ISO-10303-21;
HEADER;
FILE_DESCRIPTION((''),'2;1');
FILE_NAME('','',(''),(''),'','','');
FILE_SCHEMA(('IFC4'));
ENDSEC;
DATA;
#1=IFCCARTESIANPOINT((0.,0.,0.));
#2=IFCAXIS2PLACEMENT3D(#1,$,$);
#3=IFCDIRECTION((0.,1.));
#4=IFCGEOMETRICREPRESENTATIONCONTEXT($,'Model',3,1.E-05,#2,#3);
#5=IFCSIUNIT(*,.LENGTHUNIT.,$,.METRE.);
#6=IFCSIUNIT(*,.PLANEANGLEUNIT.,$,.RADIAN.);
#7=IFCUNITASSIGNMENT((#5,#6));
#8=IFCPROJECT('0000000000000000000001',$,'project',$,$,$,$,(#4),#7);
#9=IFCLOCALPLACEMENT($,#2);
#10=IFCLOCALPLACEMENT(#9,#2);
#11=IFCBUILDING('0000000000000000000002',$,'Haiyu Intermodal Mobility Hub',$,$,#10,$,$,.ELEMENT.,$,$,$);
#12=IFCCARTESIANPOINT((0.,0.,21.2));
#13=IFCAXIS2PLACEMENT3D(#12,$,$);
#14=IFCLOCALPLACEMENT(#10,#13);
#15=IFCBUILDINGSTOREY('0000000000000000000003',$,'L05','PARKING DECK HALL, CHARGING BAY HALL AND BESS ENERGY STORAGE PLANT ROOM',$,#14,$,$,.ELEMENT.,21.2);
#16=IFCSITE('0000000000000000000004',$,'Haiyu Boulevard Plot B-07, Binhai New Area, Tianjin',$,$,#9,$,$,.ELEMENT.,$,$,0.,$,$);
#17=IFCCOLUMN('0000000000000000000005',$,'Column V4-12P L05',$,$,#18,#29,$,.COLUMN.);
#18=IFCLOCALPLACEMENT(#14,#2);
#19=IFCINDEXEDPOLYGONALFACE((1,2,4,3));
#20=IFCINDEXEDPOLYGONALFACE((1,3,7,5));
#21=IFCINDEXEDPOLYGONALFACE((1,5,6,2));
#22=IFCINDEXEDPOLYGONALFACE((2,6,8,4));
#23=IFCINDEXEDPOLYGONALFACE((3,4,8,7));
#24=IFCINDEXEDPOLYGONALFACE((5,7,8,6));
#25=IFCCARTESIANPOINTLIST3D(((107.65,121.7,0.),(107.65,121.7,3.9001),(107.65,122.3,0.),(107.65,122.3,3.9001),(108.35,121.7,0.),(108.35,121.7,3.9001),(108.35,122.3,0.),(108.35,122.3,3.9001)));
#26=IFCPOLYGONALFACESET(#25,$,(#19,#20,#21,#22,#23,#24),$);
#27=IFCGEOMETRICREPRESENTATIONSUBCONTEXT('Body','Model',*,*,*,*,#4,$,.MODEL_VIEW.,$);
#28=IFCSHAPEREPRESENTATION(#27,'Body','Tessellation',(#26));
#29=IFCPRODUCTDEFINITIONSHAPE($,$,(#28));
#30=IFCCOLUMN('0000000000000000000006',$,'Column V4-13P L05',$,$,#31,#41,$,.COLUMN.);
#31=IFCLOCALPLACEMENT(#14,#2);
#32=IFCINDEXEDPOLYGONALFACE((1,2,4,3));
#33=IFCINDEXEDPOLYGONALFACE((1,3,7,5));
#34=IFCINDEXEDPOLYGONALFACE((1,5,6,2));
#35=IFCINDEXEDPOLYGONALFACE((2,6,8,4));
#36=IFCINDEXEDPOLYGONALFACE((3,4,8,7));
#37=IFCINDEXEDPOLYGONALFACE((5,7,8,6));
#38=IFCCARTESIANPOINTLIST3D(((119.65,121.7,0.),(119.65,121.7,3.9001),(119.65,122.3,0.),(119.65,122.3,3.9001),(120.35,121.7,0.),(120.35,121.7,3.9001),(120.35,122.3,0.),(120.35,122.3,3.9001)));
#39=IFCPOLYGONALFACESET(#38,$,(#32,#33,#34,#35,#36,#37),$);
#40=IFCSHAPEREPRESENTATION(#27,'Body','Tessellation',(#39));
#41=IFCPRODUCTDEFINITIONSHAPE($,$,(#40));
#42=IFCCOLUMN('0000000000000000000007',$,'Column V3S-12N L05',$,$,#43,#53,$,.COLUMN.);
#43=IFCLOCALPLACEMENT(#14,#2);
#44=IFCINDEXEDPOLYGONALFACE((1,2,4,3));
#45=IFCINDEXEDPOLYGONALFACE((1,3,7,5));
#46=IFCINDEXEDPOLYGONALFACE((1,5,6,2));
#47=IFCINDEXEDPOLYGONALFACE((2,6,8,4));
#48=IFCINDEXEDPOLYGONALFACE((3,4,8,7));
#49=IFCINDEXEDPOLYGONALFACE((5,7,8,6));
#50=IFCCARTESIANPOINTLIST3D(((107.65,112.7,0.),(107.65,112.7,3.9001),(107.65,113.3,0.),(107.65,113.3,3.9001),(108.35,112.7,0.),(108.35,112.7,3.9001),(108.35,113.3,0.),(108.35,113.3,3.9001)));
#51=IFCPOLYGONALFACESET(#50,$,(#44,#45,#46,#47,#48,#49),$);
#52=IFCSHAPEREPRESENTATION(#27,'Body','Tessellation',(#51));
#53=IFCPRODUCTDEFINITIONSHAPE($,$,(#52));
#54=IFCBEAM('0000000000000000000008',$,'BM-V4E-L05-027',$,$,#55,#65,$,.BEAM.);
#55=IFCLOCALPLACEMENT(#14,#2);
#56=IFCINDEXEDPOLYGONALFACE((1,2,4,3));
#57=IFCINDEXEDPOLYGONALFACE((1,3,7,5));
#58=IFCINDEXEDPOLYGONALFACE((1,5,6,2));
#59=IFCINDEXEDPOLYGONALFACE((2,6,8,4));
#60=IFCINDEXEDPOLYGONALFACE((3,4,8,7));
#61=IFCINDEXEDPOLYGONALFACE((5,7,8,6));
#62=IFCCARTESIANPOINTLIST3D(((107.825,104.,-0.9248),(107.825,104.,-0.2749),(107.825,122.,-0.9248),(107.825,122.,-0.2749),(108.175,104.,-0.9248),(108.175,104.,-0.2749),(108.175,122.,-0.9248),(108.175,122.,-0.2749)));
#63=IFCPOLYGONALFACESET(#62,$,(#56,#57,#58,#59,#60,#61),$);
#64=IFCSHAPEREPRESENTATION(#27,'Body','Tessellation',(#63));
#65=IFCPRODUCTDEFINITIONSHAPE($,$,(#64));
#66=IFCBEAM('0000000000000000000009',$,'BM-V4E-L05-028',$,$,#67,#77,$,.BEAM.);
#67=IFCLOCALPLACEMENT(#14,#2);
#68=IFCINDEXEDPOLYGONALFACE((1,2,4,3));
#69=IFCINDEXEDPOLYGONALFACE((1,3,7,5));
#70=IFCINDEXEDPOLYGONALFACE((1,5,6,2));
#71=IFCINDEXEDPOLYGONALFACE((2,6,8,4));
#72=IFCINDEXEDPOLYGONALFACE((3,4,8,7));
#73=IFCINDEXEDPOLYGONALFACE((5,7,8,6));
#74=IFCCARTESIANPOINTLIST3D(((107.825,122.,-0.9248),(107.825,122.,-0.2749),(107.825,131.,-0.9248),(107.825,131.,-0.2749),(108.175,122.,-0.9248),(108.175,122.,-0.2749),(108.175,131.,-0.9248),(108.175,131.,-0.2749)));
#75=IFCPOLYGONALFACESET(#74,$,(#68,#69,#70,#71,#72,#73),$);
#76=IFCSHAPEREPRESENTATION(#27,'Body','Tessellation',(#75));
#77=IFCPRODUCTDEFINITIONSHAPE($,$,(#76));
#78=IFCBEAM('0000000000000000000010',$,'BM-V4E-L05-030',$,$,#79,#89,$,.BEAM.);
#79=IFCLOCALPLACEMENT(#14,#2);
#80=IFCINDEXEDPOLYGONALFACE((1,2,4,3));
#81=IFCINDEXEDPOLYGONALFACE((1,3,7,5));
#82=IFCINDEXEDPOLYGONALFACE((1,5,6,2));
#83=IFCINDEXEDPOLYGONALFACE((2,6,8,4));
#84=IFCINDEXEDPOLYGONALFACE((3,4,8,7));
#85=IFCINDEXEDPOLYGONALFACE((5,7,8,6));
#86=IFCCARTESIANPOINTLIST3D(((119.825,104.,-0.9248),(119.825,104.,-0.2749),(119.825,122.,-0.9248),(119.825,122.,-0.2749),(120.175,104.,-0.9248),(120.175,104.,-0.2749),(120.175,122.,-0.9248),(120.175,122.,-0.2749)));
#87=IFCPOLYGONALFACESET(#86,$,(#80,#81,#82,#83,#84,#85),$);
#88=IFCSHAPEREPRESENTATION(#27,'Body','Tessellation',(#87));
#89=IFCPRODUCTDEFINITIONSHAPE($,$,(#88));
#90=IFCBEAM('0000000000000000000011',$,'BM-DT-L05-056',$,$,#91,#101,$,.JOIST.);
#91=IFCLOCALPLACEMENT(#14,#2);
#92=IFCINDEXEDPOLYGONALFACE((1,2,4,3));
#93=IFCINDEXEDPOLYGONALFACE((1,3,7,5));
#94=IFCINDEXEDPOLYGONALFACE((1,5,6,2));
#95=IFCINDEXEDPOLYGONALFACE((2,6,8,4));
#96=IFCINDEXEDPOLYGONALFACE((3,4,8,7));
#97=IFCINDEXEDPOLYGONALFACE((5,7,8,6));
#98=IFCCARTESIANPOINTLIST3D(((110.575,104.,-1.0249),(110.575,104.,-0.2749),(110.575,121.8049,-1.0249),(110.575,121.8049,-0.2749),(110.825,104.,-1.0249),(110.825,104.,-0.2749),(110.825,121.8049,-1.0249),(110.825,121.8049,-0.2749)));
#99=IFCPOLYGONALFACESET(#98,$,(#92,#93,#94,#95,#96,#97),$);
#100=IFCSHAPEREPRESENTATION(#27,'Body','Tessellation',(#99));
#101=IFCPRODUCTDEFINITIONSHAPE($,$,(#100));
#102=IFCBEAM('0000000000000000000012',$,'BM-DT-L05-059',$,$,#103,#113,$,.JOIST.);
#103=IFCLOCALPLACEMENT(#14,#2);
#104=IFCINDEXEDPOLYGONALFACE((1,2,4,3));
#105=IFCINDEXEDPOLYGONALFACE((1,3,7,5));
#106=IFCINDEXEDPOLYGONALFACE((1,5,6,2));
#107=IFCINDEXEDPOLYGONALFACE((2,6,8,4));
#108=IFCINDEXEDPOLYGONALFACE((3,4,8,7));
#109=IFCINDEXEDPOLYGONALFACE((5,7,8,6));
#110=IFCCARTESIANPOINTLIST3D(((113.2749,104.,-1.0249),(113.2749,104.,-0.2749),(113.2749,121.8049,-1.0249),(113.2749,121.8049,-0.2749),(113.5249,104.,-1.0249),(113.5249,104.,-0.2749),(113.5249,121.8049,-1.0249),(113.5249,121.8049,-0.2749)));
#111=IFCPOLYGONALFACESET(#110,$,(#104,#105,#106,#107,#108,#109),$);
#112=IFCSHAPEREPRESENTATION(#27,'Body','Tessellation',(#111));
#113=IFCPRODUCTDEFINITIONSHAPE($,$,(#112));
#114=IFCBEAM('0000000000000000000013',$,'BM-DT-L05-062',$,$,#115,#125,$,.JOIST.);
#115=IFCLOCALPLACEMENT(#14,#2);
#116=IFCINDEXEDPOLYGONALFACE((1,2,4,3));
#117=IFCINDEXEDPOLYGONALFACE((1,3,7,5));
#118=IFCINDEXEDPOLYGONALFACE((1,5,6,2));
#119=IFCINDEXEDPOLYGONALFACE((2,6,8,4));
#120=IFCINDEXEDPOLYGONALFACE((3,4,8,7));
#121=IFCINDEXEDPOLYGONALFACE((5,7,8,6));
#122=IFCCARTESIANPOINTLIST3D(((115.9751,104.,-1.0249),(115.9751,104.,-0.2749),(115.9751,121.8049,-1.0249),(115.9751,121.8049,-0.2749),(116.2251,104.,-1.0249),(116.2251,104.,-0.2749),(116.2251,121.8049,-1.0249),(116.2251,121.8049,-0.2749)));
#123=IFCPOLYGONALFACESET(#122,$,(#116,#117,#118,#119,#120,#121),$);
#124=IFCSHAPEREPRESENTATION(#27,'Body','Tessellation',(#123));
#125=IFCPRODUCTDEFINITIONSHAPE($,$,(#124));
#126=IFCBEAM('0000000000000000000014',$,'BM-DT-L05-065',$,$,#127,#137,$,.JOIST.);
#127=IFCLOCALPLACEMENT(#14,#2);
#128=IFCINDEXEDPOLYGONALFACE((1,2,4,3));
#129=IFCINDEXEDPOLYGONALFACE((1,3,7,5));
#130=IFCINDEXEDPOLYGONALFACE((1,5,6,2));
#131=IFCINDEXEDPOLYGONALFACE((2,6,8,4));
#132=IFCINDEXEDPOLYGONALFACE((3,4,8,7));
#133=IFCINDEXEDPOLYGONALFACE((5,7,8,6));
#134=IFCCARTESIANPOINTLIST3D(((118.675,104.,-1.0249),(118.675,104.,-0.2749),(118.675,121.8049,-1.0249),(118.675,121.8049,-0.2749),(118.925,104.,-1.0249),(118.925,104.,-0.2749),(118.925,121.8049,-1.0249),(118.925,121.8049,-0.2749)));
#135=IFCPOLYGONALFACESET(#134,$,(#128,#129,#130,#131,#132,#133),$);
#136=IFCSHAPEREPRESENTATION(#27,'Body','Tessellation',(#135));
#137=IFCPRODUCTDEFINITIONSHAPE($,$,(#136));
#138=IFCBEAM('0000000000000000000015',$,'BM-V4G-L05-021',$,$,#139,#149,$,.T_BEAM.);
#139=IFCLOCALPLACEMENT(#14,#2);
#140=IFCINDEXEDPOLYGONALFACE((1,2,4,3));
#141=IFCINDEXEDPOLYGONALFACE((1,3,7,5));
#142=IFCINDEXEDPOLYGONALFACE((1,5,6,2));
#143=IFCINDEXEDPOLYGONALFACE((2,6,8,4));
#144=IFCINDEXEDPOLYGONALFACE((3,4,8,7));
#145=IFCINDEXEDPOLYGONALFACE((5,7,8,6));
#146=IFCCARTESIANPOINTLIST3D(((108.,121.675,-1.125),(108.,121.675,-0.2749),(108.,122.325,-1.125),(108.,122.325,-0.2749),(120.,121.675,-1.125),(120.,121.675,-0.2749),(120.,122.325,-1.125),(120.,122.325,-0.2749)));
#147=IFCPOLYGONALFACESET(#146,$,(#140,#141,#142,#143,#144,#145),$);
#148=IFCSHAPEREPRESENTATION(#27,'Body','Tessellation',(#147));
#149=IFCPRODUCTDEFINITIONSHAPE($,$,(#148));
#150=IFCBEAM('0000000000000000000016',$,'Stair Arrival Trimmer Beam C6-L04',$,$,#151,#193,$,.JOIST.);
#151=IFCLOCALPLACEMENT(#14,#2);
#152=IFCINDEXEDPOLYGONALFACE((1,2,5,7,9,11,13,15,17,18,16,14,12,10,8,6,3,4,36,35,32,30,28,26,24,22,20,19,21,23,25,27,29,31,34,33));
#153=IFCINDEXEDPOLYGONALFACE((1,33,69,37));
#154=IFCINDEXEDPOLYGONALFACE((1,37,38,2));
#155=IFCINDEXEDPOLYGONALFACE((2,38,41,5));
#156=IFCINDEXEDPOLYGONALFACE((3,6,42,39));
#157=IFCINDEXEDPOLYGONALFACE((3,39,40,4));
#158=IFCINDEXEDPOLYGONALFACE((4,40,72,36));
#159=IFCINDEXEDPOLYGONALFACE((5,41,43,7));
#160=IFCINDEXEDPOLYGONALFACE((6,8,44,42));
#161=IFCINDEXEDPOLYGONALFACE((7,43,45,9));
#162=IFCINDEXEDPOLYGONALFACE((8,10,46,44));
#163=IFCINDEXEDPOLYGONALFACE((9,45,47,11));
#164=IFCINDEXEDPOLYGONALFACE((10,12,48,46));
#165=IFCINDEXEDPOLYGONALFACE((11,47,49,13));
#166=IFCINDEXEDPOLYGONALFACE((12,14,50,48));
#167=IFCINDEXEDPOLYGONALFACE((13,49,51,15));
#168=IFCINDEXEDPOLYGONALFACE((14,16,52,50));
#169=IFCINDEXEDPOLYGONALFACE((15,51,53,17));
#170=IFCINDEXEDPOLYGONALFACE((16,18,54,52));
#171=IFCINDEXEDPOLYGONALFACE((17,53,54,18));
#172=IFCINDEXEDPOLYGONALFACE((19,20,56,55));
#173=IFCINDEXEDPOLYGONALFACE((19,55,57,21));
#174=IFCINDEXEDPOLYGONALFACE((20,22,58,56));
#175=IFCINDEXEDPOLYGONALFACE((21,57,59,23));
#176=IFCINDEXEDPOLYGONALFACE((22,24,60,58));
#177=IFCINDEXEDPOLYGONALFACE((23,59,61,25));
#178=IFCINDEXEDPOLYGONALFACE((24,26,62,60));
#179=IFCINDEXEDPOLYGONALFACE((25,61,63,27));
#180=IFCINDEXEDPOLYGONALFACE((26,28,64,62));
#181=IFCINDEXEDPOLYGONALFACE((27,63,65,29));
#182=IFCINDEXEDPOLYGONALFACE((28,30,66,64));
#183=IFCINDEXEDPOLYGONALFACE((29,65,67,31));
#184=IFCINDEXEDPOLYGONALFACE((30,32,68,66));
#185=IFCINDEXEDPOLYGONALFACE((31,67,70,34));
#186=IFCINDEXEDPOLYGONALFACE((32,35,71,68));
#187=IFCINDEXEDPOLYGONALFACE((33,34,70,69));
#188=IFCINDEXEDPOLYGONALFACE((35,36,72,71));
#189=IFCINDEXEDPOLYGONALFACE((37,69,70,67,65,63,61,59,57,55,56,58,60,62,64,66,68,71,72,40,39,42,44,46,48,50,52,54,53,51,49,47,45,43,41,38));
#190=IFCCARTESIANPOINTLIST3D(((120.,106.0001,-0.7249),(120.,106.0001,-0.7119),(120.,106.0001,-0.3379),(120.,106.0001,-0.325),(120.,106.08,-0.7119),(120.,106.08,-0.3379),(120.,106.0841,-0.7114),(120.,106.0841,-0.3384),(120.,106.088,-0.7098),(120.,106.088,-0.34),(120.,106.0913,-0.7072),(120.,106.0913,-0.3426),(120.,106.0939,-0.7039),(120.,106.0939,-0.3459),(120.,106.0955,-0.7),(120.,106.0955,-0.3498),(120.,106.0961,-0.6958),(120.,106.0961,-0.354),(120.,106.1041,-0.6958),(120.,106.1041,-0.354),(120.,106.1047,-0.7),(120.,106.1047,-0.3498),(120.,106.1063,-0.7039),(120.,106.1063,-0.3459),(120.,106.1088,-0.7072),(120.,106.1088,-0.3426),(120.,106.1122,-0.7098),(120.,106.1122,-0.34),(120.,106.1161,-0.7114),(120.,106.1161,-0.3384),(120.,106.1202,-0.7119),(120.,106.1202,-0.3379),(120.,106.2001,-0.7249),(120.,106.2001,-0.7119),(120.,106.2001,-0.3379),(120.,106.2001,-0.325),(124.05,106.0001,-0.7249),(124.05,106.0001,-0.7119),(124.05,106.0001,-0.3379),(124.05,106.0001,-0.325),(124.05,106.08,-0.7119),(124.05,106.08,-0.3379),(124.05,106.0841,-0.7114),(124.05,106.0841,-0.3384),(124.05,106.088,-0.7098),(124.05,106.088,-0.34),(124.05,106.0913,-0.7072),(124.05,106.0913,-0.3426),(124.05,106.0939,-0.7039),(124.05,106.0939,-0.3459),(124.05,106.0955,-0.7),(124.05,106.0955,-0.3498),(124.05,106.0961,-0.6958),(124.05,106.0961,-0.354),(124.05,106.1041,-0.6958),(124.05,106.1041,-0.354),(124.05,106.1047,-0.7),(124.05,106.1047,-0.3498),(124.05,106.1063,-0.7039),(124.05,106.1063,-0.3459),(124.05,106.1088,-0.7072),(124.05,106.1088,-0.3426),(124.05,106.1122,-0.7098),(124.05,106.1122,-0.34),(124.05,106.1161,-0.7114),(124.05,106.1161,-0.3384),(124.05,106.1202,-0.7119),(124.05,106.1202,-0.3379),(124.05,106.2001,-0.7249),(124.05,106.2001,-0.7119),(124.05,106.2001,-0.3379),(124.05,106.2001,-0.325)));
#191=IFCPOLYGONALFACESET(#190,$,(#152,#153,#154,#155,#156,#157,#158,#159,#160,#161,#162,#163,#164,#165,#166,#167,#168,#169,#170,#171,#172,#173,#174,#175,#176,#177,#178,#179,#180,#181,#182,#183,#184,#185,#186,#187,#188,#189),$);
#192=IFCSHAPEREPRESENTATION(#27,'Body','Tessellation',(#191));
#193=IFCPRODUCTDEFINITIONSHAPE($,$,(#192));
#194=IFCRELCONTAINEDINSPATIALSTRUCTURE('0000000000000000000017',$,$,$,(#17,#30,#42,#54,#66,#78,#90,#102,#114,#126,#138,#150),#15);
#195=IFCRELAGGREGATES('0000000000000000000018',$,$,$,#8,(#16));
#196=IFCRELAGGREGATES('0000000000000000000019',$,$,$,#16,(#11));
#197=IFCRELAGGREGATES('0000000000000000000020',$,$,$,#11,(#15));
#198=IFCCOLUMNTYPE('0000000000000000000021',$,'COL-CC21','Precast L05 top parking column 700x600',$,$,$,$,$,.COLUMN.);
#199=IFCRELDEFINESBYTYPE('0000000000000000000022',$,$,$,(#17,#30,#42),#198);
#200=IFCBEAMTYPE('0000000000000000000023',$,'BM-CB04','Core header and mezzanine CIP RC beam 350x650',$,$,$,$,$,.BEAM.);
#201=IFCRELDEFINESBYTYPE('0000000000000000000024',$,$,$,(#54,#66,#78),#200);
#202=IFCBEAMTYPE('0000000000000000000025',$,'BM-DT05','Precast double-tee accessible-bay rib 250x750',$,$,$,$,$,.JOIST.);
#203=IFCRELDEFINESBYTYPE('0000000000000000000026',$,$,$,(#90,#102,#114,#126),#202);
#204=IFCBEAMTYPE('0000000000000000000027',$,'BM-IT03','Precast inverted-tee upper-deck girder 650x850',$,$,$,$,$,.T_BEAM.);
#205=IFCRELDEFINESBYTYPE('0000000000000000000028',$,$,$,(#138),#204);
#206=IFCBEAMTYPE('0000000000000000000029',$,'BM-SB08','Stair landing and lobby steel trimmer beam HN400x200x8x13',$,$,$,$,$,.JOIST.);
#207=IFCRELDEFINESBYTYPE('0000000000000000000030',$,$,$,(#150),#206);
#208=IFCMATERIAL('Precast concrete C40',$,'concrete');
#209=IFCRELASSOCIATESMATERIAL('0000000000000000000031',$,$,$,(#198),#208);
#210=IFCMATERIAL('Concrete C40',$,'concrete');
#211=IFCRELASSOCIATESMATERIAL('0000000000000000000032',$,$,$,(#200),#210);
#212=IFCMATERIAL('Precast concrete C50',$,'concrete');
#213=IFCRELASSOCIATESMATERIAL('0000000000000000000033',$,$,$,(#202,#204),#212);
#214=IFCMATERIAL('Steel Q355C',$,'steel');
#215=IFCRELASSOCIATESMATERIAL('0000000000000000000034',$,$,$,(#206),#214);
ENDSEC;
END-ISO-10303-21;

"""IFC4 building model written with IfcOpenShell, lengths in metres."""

from ifc_helpers import new_model, si_unit, direction, frame, origin, origin_2d, place, context, subcontext, project, spatial, rectangle, i_section, extrude, material, material_profile, profile_set, type_object, element, save


model = new_model("IFC4")

# Units and contexts
model_context = context("Model", 3, precision=1e-05, world=origin(), true_north=direction((0.0, 1.0)))
body_context = subcontext(model_context, "Body", "Model", "MODEL_VIEW")
ifc_project = project(units=[si_unit("LENGTHUNIT", "METRE"), si_unit("PLANEANGLEUNIT", "RADIAN")], contexts=[model_context])

# Site, building, storey
site_placement = place(None, origin())
site = spatial("IfcSite", under=ifc_project, at=site_placement, Name="Haiyu Boulevard Plot B-07, Binhai New Area, Tianjin", CompositionType="ELEMENT", RefElevation=0.0)
building_placement = place(site_placement, origin())
building = spatial("IfcBuilding", under=site, at=building_placement, Name="Haiyu Intermodal Mobility Hub", CompositionType="ELEMENT")
storey_placement = place(building_placement, frame((0.0, 0.0, 21.2)))
storey = spatial("IfcBuildingStorey", under=building, at=storey_placement, Name="L05", Description="PARKING DECK HALL, CHARGING BAY HALL AND BESS ENERGY STORAGE PLANT ROOM", CompositionType="ELEMENT", Elevation=21.2)

# Columns
ifc_material_1 = material(Name="Precast concrete C40", Category="concrete")
ifc_material_profile_1 = material_profile(ifc_material_1, rectangle(XDim=0.7, YDim=0.6001, at=origin_2d()), Name="C700x600")
ifc_profile_set_1 = profile_set([ifc_material_profile_1], Name="Precast concrete C40")
column_type = type_object("IfcColumnType", Name="COL-CC21", Description="Precast L05 top parking column 700x600", PredefinedType="COLUMN", material=ifc_profile_set_1)
for number, where, z_axis, x_axis, name in (
    (1, (108.0, 122.0, 0.0), (0.0, 0.0, 1.0), (1.0, 0.0, 0.0), "Column V4-12P L05"),
    (2, (120.0, 122.0, 0.0), (0.0, 0.0, 1.0), (1.0, 0.0, 0.0), "Column V4-13P L05"),
    (3, (108.0, 113.0, 0.0), (0.0, 0.0, 1.0), (1.0, 0.0, 0.0), "Column V3S-12N L05"),
):
    element("IfcColumn", number, at=place(storey_placement, frame(where, z_axis=z_axis, x_axis=x_axis)), inside=storey, type_object=column_type, Name=name, PredefinedType="COLUMN", context=body_context, shape_type="SweptSolid", body=[
        extrude(rectangle(XDim=0.7, YDim=0.6001, at=origin_2d()), origin(), (0.0, 0.0, 1.0), 3.9001),
    ])

# Beams
ifc_material_2 = material(Name="Concrete C40", Category="concrete")
ifc_material_profile_2 = material_profile(ifc_material_2, rectangle(XDim=0.3501, YDim=0.6499, at=origin_2d()), Name="RCB350x650")
ifc_profile_set_2 = profile_set([ifc_material_profile_2], Name="Concrete C40")
beam_type_1 = type_object("IfcBeamType", Name="BM-CB04", Description="Core header and mezzanine CIP RC beam 350x650", PredefinedType="BEAM", material=ifc_profile_set_2)
beam_1_placement = place(storey_placement, frame((108.0, 104.0, -0.5999), z_axis=(0.0, 1.0, 0.0), x_axis=(-1.0, 0.0, 0.0)))
element("IfcBeam", 4, at=beam_1_placement, inside=storey, type_object=beam_type_1, Name="BM-V4E-L05-027", PredefinedType="BEAM", context=body_context, shape_type="SweptSolid", body=[
    extrude(rectangle(XDim=0.3501, YDim=0.6499, at=origin_2d()), origin(), (0.0, 0.0, 1.0), 18.0),
])
beam_2_placement = place(storey_placement, frame((108.0, 122.0, -0.5999), z_axis=(0.0, 1.0, 0.0), x_axis=(-1.0, 0.0, 0.0)))
element("IfcBeam", 5, at=beam_2_placement, inside=storey, type_object=beam_type_1, Name="BM-V4E-L05-028", PredefinedType="BEAM", context=body_context, shape_type="SweptSolid", body=[
    extrude(rectangle(XDim=0.3501, YDim=0.6499, at=origin_2d()), origin(), (0.0, 0.0, 1.0), 9.0),
])
beam_3_placement = place(storey_placement, frame((120.0, 104.0, -0.5999), z_axis=(0.0, 1.0, 0.0), x_axis=(-1.0, 0.0, 0.0)))
element("IfcBeam", 6, at=beam_3_placement, inside=storey, type_object=beam_type_1, Name="BM-V4E-L05-030", PredefinedType="BEAM", context=body_context, shape_type="SweptSolid", body=[
    extrude(rectangle(XDim=0.3501, YDim=0.6499, at=origin_2d()), origin(), (0.0, 0.0, 1.0), 18.0),
])
ifc_material_3 = material(Name="Precast concrete C50", Category="concrete")
ifc_material_profile_3 = material_profile(ifc_material_3, rectangle(XDim=0.25, YDim=0.75, at=origin_2d()), Name="B250x750")
ifc_profile_set_3 = profile_set([ifc_material_profile_3], Name="Precast concrete C50")
beam_type_2 = type_object("IfcBeamType", Name="BM-DT05", Description="Precast double-tee accessible-bay rib 250x750", PredefinedType="JOIST", material=ifc_profile_set_3)
for number, where, z_axis, x_axis, name in (
    (7, (110.7, 104.0, -0.6499), (0.0, 1.0, 0.0), (-1.0, 0.0, 0.0), "BM-DT-L05-056"),
    (8, (113.3999, 104.0, -0.6499), (0.0, 1.0, 0.0), (-1.0, 0.0, 0.0), "BM-DT-L05-059"),
    (9, (116.1001, 104.0, -0.6499), (0.0, 1.0, 0.0), (-1.0, 0.0, 0.0), "BM-DT-L05-062"),
    (10, (118.8, 104.0, -0.6499), (0.0, 1.0, 0.0), (-1.0, 0.0, 0.0), "BM-DT-L05-065"),
):
    element("IfcBeam", number, at=place(storey_placement, frame(where, z_axis=z_axis, x_axis=x_axis)), inside=storey, type_object=beam_type_2, Name=name, PredefinedType="JOIST", context=body_context, shape_type="SweptSolid", body=[
        extrude(rectangle(XDim=0.25, YDim=0.75, at=origin_2d()), origin(), (0.0, 0.0, 1.0), 17.8049),
    ])
ifc_material_profile_4 = material_profile(ifc_material_3, rectangle(XDim=0.6499, YDim=0.8501, at=origin_2d()), Name="PC650x850")
ifc_profile_set_4 = profile_set([ifc_material_profile_4], Name="Precast concrete C50")
beam_type_3 = type_object("IfcBeamType", Name="BM-IT03", Description="Precast inverted-tee upper-deck girder 650x850", PredefinedType="T_BEAM", material=ifc_profile_set_4)
beam_4_placement = place(storey_placement, frame((108.0, 122.0, -0.7), z_axis=(1.0, 0.0, 0.0), x_axis=(0.0, 1.0, 0.0)))
element("IfcBeam", 11, at=beam_4_placement, inside=storey, type_object=beam_type_3, Name="BM-V4G-L05-021", PredefinedType="T_BEAM", context=body_context, shape_type="SweptSolid", body=[
    extrude(rectangle(XDim=0.6499, YDim=0.8501, at=origin_2d()), origin(), (0.0, 0.0, 1.0), 12.0),
])
ifc_material_4 = material(Name="Steel Q355C", Category="steel")
ifc_material_profile_5 = material_profile(ifc_material_4, i_section(OverallWidth=0.2, OverallDepth=0.3999, WebThickness=0.0081, FlangeThickness=0.0129, FilletRadius=0.0161, at=origin_2d()), Name="HN400x200x8x13")
ifc_profile_set_5 = profile_set([ifc_material_profile_5], Name="Steel Q355C")
beam_type_4 = type_object("IfcBeamType", Name="BM-SB08", Description="Stair landing and lobby steel trimmer beam HN400x200x8x13", PredefinedType="JOIST", material=ifc_profile_set_5)
for number, where, z_axis, x_axis, name in (
    (12, (120.0, 106.1001, -0.5249), (1.0, 0.0, 0.0), (0.0, 1.0, 0.0), "Stair Arrival Trimmer Beam C6-L04"),
):
    element("IfcBeam", number, at=place(storey_placement, frame(where, z_axis=z_axis, x_axis=x_axis)), inside=storey, type_object=beam_type_4, Name=name, PredefinedType="JOIST", context=body_context, shape_type="SweptSolid", body=[
        extrude(i_section(OverallWidth=0.2, OverallDepth=0.3999, WebThickness=0.0081, FlangeThickness=0.0129, FilletRadius=0.0161, at=origin_2d()), origin(), (0.0, 0.0, 1.0), 4.05),
    ])

save(model, "model.ifc")
